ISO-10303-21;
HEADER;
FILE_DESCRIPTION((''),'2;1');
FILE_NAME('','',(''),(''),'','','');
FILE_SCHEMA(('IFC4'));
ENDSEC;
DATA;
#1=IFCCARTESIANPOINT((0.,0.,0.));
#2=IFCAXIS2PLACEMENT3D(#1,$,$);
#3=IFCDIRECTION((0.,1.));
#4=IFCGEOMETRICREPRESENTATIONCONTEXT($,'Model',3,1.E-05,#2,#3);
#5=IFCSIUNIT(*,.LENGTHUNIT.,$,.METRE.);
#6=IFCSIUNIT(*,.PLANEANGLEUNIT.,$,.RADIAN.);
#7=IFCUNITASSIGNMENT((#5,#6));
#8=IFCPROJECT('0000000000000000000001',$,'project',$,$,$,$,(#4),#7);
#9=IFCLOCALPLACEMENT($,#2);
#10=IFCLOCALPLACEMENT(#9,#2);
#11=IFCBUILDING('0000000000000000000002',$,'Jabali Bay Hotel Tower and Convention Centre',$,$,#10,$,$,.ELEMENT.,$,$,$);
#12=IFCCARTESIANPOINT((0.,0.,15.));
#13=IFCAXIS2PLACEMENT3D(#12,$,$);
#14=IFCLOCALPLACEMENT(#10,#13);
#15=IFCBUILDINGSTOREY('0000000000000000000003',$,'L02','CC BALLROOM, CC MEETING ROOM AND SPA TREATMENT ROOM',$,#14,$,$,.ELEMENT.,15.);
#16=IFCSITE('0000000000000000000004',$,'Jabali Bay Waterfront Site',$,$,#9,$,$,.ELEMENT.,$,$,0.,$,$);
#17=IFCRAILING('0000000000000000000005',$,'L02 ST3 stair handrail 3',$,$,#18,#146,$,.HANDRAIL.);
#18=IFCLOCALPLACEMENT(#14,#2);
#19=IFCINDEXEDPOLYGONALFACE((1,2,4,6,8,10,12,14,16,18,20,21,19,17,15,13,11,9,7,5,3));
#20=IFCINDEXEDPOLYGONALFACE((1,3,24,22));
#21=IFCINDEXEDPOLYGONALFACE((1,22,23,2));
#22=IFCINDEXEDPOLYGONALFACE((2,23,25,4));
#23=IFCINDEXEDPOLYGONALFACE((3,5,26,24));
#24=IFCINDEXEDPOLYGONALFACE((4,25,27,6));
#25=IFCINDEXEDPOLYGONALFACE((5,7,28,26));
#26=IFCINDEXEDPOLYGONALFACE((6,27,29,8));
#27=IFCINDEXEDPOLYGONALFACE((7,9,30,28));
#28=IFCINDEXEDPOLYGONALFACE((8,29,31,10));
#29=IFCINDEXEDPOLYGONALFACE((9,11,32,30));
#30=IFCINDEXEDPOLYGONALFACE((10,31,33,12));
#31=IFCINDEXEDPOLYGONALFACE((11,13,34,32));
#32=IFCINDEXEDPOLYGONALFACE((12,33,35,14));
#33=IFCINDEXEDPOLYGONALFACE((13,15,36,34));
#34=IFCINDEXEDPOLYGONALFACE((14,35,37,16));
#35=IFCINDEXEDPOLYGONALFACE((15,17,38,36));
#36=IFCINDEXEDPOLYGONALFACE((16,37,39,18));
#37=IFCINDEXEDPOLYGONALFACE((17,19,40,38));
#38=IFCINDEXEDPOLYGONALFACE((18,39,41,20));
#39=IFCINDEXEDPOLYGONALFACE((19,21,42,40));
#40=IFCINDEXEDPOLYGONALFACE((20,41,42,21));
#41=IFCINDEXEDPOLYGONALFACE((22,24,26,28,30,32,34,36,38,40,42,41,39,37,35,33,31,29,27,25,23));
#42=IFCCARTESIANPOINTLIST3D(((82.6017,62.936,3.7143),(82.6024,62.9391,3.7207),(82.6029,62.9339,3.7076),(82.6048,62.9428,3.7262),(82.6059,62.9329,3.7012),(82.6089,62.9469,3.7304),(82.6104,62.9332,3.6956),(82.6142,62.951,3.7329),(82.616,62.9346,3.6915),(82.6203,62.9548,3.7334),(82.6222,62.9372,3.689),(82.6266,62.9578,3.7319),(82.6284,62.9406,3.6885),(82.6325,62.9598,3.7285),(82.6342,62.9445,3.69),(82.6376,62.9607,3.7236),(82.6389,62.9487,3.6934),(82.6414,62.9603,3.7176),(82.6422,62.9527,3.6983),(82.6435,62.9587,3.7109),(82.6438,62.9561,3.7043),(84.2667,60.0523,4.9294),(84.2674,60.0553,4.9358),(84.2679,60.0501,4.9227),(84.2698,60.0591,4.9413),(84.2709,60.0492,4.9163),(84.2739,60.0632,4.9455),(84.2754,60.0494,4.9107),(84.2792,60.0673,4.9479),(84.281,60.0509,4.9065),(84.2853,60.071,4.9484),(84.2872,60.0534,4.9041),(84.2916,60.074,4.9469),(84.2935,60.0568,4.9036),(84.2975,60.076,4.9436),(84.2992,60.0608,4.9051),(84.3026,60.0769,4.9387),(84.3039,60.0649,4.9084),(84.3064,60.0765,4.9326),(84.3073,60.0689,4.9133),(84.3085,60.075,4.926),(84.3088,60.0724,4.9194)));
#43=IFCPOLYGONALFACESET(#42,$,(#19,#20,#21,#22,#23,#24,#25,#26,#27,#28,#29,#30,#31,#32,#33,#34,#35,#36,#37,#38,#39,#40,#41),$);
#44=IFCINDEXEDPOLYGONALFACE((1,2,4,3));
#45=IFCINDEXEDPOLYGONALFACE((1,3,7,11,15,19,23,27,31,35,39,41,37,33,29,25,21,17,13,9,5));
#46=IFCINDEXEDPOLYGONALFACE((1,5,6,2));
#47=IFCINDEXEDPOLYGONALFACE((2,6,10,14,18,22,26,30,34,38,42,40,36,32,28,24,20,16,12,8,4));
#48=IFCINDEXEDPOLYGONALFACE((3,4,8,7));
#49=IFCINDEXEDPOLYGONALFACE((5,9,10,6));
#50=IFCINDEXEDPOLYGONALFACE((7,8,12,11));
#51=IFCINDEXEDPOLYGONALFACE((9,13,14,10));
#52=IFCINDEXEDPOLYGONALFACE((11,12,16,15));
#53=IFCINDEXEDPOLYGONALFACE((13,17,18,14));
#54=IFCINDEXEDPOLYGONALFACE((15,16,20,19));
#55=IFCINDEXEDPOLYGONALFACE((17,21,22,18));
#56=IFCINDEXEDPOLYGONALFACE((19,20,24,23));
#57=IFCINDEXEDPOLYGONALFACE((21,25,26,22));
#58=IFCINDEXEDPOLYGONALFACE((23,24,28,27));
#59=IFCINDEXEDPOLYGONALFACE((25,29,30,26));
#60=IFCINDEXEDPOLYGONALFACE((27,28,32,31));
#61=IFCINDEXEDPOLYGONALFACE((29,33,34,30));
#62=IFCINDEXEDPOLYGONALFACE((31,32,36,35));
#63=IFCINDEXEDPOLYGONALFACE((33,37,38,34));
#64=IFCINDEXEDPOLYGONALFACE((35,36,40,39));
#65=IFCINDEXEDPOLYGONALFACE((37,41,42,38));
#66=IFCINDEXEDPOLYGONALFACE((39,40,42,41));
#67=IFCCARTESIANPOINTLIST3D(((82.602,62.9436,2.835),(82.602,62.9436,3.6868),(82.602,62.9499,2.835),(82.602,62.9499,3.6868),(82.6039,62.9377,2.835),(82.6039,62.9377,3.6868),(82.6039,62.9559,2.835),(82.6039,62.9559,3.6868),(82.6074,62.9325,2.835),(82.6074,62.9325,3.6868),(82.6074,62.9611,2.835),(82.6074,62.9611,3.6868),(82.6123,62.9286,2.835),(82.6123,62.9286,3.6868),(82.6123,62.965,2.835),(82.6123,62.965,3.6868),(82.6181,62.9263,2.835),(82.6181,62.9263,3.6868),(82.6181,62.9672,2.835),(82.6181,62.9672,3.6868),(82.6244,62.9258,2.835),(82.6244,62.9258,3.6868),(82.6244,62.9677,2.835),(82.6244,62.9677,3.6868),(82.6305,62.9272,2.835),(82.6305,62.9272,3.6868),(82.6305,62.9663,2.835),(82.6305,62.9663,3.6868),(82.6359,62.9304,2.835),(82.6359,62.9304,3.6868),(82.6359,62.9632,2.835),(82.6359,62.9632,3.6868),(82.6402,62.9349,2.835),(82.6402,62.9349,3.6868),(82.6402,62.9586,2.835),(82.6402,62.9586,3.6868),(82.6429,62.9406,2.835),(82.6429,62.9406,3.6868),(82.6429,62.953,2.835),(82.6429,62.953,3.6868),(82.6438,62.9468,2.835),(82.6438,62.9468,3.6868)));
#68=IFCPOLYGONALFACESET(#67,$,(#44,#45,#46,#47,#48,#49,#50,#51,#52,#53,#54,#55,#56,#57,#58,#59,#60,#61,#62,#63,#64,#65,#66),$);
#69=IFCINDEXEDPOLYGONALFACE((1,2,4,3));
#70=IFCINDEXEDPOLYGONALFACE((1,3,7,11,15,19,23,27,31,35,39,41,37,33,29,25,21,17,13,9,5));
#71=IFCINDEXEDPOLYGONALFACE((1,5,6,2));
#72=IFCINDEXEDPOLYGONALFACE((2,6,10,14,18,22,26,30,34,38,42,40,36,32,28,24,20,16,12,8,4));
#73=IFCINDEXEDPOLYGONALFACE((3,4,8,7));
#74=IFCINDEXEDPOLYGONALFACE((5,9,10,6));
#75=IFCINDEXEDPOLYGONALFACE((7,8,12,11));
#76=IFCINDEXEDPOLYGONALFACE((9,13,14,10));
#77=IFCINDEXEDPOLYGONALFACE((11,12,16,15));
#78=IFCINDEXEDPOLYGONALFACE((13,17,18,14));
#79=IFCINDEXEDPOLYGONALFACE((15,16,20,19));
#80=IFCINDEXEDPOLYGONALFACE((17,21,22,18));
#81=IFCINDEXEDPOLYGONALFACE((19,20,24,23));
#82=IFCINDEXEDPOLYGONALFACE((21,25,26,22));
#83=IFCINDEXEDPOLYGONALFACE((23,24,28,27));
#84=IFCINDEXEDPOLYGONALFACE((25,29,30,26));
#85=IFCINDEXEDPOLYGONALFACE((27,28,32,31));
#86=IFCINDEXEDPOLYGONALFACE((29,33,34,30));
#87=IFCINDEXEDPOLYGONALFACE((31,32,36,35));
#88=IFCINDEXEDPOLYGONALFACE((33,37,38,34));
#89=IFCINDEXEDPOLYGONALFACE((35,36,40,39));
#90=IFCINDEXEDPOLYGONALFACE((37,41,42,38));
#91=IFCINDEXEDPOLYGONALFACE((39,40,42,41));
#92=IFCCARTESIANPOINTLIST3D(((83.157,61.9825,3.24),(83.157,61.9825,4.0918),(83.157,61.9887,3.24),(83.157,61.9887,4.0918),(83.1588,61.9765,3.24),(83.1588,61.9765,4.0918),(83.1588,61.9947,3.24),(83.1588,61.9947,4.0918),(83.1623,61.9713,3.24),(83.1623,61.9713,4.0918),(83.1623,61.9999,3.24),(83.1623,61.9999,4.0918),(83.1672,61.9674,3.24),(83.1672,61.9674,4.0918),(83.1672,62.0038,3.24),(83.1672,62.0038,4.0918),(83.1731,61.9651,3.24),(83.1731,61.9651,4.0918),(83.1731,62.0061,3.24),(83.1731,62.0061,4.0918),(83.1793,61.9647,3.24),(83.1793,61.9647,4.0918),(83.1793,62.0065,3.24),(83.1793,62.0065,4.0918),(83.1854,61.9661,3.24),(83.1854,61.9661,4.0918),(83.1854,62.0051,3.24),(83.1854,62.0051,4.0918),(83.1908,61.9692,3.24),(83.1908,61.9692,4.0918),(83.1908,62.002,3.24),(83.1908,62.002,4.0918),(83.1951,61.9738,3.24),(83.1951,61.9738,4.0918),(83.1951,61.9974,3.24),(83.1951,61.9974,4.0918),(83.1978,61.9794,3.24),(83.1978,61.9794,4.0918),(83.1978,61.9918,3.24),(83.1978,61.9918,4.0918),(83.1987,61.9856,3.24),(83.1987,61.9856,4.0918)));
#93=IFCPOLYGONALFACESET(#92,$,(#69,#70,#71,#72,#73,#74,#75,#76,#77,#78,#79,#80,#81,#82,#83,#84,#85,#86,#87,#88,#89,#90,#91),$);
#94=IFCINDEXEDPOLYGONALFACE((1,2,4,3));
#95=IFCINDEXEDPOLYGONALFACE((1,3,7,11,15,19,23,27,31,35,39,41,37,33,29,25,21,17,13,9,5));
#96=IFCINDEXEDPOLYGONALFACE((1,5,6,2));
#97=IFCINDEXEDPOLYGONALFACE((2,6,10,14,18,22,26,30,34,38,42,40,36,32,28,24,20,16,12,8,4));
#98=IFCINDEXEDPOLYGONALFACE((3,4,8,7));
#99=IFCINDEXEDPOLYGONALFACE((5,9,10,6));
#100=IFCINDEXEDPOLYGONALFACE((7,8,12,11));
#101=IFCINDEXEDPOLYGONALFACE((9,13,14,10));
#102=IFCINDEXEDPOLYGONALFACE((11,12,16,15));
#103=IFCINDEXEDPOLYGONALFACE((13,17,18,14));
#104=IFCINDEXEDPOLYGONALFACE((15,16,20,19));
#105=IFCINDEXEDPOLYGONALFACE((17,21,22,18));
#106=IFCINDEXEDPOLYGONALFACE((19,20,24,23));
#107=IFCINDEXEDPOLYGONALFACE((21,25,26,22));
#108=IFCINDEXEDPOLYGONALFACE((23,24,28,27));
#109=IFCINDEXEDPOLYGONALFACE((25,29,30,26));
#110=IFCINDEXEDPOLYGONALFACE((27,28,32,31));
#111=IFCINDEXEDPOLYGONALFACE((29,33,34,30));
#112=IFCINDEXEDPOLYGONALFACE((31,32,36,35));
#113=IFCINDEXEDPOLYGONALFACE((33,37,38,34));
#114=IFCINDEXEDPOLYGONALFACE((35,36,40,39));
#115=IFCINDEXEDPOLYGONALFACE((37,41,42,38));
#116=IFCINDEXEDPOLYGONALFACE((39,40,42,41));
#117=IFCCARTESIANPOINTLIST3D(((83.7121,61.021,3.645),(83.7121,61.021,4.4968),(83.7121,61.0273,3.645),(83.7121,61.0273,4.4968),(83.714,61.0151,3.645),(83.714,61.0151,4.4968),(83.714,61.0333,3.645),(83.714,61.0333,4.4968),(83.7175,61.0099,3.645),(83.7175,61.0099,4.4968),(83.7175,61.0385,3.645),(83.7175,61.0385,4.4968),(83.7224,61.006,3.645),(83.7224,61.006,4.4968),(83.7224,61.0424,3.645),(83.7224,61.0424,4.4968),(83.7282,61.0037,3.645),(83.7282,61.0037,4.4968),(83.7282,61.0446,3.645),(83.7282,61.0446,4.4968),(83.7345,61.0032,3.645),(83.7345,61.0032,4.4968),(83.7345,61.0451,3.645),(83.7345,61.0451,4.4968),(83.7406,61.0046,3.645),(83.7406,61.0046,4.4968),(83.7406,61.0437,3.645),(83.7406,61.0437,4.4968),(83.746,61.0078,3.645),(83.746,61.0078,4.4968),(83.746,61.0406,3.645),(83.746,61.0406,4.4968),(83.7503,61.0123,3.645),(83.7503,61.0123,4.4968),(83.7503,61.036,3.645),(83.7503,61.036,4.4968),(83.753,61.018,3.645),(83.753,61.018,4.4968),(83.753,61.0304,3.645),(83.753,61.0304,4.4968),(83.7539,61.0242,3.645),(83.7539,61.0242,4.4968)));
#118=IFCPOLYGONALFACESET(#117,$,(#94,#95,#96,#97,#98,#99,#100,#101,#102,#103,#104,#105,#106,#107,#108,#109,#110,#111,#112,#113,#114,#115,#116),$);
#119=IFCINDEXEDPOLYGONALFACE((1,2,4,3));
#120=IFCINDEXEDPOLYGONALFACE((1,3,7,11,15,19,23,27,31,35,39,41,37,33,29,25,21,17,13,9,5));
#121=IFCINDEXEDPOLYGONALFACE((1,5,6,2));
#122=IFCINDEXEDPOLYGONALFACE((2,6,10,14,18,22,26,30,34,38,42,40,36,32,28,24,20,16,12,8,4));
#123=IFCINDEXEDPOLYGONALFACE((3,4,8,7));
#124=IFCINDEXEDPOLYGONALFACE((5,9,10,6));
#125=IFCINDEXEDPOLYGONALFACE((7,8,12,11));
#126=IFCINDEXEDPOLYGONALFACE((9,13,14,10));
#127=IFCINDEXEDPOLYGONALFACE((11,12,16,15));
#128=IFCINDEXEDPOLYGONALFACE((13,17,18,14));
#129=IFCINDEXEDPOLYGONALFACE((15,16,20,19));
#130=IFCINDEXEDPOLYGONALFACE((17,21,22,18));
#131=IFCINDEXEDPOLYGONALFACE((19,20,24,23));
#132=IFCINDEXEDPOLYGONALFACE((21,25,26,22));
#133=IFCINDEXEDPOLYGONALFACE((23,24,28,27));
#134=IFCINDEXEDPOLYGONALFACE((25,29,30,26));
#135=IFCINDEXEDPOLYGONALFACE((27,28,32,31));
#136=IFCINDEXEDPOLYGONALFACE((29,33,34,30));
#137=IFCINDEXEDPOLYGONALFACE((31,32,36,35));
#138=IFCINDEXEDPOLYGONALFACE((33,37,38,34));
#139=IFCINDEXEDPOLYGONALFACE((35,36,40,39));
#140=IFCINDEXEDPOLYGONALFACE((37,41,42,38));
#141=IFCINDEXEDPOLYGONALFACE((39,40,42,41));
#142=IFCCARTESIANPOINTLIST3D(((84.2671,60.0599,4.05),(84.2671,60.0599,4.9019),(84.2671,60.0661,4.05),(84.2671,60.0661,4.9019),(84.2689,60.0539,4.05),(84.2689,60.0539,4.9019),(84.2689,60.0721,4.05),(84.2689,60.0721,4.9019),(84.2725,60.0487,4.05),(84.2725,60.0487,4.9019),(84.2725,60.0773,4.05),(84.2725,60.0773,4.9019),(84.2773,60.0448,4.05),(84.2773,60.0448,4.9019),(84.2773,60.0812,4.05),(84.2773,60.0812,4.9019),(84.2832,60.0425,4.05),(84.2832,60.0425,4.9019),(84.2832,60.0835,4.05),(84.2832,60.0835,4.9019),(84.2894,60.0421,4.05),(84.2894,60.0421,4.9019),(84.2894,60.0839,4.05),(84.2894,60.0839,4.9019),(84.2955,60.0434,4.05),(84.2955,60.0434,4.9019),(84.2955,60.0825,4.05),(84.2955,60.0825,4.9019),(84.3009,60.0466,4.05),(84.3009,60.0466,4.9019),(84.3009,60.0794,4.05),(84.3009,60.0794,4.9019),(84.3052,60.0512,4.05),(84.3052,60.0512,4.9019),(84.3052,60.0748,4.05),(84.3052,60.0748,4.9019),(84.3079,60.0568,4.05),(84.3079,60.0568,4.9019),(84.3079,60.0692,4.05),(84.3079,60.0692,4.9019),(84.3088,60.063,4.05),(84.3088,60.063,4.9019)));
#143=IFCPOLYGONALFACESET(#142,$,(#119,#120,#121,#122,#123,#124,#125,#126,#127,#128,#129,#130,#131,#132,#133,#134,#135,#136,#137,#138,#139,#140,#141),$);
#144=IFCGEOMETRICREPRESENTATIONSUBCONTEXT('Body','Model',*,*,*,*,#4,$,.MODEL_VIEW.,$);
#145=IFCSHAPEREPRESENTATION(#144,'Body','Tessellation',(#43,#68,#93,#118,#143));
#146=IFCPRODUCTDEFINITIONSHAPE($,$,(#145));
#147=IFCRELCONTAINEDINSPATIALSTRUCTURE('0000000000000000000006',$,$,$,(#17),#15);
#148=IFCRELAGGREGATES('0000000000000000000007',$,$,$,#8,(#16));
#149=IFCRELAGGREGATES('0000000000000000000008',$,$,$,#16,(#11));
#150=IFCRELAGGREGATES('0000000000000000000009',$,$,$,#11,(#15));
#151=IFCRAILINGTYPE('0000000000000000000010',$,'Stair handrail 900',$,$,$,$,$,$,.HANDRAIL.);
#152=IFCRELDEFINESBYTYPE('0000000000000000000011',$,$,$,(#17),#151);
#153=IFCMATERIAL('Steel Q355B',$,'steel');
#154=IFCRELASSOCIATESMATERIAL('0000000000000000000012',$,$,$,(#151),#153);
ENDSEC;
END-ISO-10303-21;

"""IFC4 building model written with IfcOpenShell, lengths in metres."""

from ifc_helpers import new_model, si_unit, direction, frame, origin, origin_2d, place, context, subcontext, project, spatial, circle, extrude, material, type_object, element, save


model = new_model("IFC4")

# Units and contexts
model_context = context("Model", 3, precision=1e-05, world=origin(), true_north=direction((0.0, 1.0)))
body_context = subcontext(model_context, "Body", "Model", "MODEL_VIEW")
ifc_project = project(units=[si_unit("LENGTHUNIT", "METRE"), si_unit("PLANEANGLEUNIT", "RADIAN")], contexts=[model_context])

# Site, building, storey
site_placement = place(None, origin())
site = spatial("IfcSite", under=ifc_project, at=site_placement, Name="Jabali Bay Waterfront Site", CompositionType="ELEMENT", RefElevation=0.0)
building_placement = place(site_placement, origin())
building = spatial("IfcBuilding", under=site, at=building_placement, Name="Jabali Bay Hotel Tower and Convention Centre", CompositionType="ELEMENT")
storey_placement = place(building_placement, frame((0.0, 0.0, 15.0)))
storey = spatial("IfcBuildingStorey", under=building, at=storey_placement, Name="L02", Description="CC BALLROOM, CC MEETING ROOM AND SPA TREATMENT ROOM", CompositionType="ELEMENT", Elevation=15.0)

# Railing
ifc_material_1 = material(Name="Steel Q355B", Category="steel")
railing_type = type_object("IfcRailingType", Name="Stair handrail 900", PredefinedType="HANDRAIL", material=ifc_material_1)
for number, where, name in (
    (1, (82.6228, 62.9468, 2.835), "L02 ST3 stair handrail 3"),
):
    element("IfcRailing", number, at=place(storey_placement, frame(where)), inside=storey, type_object=railing_type, Name=name, PredefinedType="HANDRAIL", context=body_context, shape_type="SweptSolid", body=[
        extrude(circle(Radius=0.0239, at=origin_2d()), frame((0.0, 0.0, 0.876), z_axis=(0.469724, -0.813545, 0.342788), x_axis=(0.866015, 0.500019, 0.0)), (0.0, 0.0, 1.0), 3.5447),
        extrude(circle(Radius=0.021, at=origin_2d()), origin(), (0.0, 0.0, 1.0), 0.8518),
        extrude(circle(Radius=0.021, at=origin_2d()), frame((0.5549, -0.9612, 0.405)), (0.0, 0.0, 1.0), 0.8518),
        extrude(circle(Radius=0.021, at=origin_2d()), frame((1.1101, -1.9226, 0.8101)), (0.0, 0.0, 1.0), 0.8518),
        extrude(circle(Radius=0.021, at=origin_2d()), frame((1.665, -2.8838, 1.2151)), (0.0, 0.0, 1.0), 0.8518),
    ])

save(model, "model.ifc")
